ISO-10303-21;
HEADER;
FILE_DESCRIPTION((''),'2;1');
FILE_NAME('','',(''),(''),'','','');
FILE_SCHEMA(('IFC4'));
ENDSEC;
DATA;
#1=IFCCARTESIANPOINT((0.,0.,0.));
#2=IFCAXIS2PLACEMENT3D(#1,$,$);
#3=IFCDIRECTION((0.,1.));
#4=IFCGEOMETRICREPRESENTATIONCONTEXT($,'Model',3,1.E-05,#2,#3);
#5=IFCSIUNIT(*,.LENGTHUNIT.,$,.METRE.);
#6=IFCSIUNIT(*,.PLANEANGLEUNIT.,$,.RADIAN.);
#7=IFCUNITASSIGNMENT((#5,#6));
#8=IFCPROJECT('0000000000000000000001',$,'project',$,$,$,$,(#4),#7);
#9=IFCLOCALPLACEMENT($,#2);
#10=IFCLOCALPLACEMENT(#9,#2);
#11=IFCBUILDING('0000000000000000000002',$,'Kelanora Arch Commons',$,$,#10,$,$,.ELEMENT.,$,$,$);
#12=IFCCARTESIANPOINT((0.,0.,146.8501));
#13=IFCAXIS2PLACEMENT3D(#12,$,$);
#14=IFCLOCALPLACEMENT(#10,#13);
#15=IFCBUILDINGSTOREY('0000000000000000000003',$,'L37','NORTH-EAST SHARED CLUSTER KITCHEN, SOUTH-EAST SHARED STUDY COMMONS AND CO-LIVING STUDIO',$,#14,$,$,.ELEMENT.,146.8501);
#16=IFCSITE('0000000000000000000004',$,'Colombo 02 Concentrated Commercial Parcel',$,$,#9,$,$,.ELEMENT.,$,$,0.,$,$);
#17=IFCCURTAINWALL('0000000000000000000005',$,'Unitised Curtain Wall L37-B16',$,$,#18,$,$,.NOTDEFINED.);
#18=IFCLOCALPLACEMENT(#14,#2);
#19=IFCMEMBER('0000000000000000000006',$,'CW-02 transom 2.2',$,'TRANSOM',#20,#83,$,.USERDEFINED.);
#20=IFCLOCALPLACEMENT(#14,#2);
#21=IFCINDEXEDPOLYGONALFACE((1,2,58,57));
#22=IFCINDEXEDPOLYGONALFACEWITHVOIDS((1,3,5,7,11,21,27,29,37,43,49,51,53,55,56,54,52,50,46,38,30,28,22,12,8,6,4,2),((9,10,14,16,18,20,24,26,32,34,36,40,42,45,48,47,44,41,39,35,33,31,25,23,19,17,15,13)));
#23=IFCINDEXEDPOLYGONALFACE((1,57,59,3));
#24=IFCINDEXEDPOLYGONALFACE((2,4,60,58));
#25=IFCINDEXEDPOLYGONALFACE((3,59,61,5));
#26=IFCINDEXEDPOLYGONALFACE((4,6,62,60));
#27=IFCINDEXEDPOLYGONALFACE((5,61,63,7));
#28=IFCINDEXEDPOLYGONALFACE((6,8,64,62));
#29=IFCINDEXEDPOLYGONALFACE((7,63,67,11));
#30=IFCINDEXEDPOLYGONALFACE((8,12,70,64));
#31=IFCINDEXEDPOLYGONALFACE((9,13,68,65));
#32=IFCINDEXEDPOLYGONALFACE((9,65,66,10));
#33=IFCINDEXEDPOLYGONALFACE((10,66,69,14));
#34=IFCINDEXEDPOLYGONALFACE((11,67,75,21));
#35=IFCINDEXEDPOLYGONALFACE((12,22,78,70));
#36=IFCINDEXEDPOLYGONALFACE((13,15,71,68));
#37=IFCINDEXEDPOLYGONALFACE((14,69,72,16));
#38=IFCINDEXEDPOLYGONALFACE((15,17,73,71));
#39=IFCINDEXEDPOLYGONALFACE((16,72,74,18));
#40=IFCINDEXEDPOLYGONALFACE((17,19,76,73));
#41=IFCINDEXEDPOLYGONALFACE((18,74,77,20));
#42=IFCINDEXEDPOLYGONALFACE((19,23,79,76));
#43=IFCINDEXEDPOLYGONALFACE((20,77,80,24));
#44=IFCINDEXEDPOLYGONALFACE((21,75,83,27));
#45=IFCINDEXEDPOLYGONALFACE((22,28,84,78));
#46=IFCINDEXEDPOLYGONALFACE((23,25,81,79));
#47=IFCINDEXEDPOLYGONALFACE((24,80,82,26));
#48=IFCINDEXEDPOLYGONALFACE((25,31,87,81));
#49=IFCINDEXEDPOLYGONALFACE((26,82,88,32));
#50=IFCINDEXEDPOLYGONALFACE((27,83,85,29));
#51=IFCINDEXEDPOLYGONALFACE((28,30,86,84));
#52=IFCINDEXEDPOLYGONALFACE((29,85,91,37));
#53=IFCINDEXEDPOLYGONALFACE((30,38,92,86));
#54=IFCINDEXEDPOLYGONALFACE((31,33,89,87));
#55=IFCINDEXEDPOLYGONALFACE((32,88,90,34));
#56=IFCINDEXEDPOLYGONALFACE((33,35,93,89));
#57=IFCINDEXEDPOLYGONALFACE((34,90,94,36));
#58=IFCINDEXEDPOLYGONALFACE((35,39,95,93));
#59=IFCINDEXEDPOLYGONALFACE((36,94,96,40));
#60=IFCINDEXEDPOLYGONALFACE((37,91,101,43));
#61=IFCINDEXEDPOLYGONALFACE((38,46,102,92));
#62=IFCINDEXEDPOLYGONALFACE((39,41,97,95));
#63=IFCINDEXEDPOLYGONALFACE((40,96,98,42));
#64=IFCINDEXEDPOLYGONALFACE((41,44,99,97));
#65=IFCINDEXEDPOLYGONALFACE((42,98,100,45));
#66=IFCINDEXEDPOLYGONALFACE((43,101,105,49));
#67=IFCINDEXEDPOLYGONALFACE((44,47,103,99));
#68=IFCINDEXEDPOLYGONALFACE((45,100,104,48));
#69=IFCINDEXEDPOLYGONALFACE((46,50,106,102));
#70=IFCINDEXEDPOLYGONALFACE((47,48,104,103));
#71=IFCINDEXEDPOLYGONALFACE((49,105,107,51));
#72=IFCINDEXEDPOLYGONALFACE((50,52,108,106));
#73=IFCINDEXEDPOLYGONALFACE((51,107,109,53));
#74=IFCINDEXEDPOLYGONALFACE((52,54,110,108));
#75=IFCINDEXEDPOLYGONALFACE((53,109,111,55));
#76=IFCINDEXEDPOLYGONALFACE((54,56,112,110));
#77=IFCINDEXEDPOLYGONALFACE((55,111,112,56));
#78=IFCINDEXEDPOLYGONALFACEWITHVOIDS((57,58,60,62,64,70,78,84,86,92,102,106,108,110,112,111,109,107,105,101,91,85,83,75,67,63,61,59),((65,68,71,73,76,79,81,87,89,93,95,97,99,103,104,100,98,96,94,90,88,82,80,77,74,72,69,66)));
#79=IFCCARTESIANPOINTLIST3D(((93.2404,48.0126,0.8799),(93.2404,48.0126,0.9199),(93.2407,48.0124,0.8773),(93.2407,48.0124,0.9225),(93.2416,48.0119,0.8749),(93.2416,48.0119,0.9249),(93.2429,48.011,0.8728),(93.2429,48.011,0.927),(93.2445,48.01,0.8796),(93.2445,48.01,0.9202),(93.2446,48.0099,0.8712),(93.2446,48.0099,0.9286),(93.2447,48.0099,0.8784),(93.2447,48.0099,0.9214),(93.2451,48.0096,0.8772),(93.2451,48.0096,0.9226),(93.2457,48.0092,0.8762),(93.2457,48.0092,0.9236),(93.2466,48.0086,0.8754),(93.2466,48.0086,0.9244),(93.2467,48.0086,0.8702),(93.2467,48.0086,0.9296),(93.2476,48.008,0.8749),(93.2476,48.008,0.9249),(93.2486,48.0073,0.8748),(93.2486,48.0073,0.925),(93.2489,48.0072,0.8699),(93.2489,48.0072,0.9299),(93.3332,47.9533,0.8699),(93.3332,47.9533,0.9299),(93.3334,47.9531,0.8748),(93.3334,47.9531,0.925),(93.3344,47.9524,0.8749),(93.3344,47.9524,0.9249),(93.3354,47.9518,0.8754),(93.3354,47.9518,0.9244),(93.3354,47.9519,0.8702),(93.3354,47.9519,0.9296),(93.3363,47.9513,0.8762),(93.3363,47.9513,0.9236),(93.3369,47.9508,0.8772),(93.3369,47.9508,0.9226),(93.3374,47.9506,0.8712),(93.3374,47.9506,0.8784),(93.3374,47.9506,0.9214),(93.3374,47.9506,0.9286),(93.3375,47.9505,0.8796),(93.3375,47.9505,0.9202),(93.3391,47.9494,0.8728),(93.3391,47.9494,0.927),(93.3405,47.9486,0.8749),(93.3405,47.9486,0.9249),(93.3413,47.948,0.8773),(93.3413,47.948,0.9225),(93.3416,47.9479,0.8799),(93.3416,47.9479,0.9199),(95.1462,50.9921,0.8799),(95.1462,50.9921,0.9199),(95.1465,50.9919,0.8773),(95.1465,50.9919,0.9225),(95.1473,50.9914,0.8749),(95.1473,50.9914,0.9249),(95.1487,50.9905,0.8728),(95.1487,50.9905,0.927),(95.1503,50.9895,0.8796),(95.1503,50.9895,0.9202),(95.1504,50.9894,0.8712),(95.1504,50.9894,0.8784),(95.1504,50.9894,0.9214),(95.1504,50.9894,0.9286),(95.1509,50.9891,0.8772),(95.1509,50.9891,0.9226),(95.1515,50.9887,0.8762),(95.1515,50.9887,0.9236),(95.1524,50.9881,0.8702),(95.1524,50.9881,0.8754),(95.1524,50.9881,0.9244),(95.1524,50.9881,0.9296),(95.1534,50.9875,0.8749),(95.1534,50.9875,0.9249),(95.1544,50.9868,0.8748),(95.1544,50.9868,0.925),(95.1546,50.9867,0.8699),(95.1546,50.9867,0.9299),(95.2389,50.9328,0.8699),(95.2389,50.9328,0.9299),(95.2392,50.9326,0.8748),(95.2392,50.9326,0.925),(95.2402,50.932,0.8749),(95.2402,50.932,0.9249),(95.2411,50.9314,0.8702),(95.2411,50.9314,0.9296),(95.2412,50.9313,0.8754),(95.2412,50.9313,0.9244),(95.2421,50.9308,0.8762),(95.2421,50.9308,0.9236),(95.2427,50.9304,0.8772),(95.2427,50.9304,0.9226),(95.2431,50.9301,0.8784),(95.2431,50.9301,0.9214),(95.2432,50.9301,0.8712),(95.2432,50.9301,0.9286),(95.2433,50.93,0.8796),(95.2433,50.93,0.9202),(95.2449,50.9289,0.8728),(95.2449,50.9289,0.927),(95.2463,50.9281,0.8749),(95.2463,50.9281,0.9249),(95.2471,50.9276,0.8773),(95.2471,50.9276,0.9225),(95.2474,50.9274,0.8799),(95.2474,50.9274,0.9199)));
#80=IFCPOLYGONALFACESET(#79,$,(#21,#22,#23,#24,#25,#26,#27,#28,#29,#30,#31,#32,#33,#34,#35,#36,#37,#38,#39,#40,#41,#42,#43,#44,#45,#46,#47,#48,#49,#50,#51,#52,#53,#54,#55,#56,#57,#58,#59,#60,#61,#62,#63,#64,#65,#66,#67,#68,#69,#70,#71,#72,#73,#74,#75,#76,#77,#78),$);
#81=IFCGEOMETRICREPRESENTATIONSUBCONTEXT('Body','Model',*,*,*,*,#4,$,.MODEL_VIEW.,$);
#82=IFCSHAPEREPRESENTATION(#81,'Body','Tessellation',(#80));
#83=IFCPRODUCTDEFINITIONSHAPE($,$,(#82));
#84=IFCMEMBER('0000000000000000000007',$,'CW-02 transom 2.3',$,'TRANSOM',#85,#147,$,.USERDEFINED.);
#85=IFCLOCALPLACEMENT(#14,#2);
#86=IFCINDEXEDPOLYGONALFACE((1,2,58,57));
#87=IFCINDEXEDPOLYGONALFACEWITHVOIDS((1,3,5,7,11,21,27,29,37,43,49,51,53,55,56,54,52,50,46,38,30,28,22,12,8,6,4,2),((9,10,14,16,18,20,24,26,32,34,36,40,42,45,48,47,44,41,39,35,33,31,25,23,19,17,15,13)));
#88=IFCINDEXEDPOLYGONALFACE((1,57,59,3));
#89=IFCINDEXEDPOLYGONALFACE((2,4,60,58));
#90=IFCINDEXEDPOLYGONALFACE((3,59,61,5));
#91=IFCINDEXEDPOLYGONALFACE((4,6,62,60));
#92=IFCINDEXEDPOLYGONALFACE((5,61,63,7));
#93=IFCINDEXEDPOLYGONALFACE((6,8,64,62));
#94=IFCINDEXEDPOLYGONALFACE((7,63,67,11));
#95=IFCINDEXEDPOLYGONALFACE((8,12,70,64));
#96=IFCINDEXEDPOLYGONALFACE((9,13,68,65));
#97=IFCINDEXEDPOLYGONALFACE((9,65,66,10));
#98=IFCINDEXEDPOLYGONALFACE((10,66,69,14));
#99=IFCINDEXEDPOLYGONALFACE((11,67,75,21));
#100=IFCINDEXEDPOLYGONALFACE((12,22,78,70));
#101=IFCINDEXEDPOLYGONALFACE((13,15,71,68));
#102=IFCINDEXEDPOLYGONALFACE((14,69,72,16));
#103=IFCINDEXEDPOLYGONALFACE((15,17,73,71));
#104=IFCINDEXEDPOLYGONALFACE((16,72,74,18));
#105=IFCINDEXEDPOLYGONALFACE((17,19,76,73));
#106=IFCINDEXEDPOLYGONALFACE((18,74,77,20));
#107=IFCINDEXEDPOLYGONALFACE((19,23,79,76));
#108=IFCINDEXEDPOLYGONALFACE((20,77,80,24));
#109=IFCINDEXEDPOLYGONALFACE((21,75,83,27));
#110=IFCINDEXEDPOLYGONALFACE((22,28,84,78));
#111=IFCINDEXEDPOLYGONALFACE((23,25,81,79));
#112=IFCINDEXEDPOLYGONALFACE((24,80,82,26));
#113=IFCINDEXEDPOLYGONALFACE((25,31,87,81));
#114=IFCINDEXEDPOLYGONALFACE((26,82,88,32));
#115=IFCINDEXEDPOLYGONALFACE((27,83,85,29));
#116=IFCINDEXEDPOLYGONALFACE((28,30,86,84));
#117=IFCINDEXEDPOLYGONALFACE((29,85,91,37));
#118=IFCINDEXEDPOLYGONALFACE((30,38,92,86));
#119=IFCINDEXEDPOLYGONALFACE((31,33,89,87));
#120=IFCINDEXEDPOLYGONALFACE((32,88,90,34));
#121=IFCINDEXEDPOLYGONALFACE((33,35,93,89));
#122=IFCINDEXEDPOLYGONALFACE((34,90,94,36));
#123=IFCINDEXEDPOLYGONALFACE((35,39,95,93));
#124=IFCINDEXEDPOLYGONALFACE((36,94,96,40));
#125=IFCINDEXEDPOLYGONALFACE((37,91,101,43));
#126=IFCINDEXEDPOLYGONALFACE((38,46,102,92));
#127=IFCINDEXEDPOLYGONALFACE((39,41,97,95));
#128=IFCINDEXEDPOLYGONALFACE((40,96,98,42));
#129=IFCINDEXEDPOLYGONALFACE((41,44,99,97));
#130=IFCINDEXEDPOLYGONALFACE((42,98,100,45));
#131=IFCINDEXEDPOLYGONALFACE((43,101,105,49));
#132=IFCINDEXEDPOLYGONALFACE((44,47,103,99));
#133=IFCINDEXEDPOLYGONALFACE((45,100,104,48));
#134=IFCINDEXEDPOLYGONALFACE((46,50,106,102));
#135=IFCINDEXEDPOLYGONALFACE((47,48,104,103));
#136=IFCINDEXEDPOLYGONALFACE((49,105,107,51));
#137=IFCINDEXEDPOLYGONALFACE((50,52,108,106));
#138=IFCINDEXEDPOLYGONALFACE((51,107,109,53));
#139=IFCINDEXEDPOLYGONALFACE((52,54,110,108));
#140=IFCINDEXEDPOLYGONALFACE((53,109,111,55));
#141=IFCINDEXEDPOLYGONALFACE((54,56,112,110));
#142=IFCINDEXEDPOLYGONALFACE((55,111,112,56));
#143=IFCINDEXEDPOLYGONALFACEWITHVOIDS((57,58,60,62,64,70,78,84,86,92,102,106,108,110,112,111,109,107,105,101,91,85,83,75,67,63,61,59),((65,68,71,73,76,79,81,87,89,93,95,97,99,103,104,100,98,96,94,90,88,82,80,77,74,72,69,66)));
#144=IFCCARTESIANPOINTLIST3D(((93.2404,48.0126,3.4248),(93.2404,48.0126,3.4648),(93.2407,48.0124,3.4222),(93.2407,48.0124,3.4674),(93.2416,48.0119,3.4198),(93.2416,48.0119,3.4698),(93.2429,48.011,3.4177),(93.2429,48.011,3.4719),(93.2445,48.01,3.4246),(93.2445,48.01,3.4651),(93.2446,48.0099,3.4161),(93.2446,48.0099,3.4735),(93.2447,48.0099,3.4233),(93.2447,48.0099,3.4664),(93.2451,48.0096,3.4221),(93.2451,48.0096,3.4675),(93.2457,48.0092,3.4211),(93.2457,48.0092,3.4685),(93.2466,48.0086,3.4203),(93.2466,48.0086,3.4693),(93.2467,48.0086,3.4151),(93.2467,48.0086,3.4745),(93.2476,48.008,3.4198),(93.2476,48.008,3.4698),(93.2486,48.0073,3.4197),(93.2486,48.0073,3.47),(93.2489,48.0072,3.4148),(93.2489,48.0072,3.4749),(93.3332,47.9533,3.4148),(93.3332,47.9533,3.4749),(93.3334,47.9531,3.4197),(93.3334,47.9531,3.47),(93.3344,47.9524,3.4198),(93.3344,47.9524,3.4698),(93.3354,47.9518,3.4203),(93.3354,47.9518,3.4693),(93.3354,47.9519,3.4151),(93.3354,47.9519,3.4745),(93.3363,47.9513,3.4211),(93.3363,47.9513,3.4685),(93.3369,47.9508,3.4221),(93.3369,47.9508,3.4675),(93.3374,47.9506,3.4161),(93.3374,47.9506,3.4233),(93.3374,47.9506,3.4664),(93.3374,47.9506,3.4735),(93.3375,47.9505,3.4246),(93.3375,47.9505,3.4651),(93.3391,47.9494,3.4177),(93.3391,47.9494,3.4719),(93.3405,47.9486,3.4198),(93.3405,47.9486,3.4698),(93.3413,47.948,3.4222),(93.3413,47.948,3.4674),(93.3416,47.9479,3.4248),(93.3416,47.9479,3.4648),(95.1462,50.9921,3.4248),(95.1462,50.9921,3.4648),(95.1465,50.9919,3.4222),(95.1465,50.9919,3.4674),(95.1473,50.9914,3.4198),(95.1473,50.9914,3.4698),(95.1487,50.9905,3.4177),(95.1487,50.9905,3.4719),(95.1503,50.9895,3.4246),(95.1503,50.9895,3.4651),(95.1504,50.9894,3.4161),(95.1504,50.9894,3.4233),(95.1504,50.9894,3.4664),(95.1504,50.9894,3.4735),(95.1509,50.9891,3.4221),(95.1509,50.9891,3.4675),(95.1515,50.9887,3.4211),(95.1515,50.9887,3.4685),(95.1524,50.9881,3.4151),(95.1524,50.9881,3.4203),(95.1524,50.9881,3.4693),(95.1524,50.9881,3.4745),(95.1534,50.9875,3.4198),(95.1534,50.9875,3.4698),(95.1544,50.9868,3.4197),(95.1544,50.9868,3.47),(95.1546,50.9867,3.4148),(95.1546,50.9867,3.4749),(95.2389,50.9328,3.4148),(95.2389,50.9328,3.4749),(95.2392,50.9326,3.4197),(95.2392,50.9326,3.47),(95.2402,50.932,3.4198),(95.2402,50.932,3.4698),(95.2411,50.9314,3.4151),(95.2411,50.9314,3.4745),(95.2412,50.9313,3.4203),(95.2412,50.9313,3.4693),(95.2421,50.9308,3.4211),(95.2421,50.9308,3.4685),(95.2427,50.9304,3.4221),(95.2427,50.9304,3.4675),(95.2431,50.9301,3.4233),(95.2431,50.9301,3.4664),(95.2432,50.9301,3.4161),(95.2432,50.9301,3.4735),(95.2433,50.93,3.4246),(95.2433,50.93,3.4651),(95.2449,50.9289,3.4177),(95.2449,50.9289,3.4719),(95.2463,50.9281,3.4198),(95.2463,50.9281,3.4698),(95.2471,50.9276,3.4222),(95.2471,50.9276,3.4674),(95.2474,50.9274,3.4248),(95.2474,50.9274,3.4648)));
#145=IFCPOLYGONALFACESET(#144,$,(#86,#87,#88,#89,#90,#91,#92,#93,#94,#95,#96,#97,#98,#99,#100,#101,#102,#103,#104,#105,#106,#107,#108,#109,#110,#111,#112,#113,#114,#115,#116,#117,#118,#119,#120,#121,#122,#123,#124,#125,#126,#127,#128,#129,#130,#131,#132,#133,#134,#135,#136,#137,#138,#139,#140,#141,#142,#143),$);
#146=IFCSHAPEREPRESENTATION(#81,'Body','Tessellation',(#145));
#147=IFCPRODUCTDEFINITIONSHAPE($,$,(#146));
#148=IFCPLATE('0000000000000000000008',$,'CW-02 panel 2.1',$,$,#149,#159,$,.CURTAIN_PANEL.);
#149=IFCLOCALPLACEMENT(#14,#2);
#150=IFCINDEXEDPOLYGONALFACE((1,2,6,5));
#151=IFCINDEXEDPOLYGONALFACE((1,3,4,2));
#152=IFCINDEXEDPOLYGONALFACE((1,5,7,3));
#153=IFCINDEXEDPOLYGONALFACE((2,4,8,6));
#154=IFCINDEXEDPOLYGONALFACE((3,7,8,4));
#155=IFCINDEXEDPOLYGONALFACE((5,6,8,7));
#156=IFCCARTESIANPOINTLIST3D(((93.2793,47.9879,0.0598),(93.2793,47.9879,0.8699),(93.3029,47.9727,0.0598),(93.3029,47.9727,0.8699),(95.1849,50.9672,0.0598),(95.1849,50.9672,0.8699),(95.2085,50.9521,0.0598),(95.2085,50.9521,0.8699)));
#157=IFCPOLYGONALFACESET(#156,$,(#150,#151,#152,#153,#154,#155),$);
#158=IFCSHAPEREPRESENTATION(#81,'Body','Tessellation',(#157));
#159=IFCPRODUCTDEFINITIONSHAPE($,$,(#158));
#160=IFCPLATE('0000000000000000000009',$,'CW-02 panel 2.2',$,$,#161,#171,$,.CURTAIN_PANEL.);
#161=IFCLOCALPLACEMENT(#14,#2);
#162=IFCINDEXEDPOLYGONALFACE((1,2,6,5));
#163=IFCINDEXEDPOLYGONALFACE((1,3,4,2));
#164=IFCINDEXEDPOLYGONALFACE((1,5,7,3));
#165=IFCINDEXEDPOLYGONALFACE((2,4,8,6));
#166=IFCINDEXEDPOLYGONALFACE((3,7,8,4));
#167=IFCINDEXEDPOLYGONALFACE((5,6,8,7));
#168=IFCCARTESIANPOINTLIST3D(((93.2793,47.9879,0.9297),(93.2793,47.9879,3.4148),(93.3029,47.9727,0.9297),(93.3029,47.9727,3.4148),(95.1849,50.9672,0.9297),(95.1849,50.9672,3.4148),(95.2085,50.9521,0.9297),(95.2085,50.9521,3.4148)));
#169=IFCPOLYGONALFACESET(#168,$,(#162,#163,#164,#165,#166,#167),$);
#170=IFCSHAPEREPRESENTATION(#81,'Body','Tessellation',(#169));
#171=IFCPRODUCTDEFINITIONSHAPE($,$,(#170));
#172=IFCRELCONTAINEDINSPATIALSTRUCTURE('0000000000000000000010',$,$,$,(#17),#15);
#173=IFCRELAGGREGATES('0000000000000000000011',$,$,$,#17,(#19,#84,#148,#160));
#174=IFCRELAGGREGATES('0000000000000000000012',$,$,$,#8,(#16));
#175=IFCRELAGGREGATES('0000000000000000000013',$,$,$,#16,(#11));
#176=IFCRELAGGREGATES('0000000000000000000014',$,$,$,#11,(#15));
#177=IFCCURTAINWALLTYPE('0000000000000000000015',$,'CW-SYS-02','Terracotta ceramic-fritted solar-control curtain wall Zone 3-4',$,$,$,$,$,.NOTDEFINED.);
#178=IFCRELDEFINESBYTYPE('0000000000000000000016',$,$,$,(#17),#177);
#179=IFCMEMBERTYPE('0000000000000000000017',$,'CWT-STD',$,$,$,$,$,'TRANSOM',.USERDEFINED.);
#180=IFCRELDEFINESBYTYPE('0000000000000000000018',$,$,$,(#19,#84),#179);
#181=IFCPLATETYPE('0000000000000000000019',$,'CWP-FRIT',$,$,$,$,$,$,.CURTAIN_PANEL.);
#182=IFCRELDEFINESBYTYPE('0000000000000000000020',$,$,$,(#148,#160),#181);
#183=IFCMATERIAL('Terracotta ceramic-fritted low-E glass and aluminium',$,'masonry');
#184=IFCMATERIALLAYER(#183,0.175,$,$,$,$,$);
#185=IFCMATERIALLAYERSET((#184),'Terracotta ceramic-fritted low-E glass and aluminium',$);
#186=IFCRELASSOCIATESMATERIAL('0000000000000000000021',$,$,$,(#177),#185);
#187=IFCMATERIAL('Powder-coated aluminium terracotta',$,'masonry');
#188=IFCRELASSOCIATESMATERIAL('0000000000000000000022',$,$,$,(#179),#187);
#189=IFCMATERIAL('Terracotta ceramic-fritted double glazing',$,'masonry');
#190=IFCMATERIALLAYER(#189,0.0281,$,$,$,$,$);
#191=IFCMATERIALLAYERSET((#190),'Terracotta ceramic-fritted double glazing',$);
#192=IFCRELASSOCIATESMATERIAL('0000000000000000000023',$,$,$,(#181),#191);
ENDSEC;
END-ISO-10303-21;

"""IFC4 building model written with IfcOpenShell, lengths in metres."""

from ifc_helpers import new_model, si_unit, direction, frame, origin, origin_2d, place, context, subcontext, project, spatial, rectangle, hollow_rectangle, extrude, source, transform, mapped, material, layer, layer_set, material_profile, profile_set, type_object, element, aggregate, save


model = new_model("IFC4")

# Units and contexts
model_context = context("Model", 3, precision=1e-05, world=origin(), true_north=direction((0.0, 1.0)))
body_context = subcontext(model_context, "Body", "Model", "MODEL_VIEW")
ifc_project = project(units=[si_unit("LENGTHUNIT", "METRE"), si_unit("PLANEANGLEUNIT", "RADIAN")], contexts=[model_context])

# Site, building, storey
site_placement = place(None, origin())
site = spatial("IfcSite", under=ifc_project, at=site_placement, Name="Colombo 02 Concentrated Commercial Parcel", CompositionType="ELEMENT", RefElevation=0.0)
building_placement = place(site_placement, origin())
building = spatial("IfcBuilding", under=site, at=building_placement, Name="Kelanora Arch Commons", CompositionType="ELEMENT")
storey_placement = place(building_placement, frame((0.0, 0.0, 146.8501)))
storey = spatial("IfcBuildingStorey", under=building, at=storey_placement, Name="L37", Description="NORTH-EAST SHARED CLUSTER KITCHEN, SOUTH-EAST SHARED STUDY COMMONS AND CO-LIVING STUDIO", CompositionType="ELEMENT", Elevation=146.8501)

# Curtain wall, members, plates
ifc_material_1 = material(Name="Terracotta ceramic-fritted low-E glass and aluminium", Category="masonry")
ifc_layer_1 = layer(ifc_material_1, 0.175)
ifc_layer_set_1 = layer_set([ifc_layer_1], Name="Terracotta ceramic-fritted low-E glass and aluminium")
curtain_wall_type = type_object("IfcCurtainWallType", Name="CW-SYS-02", Description="Terracotta ceramic-fritted solar-control curtain wall Zone 3-4", PredefinedType="NOTDEFINED", material=ifc_layer_set_1)
curtain_wall_placement = place(storey_placement, origin())
curtain_wall = element("IfcCurtainWall", 1, at=curtain_wall_placement, inside=storey, type_object=curtain_wall_type, Name="Unitised Curtain Wall L37-B16", PredefinedType="NOTDEFINED")
ifc_material_2 = material(Name="Powder-coated aluminium terracotta", Category="masonry")
ifc_material_profile_1 = material_profile(ifc_material_2, hollow_rectangle(XDim=0.1201, YDim=0.0601, WallThickness=0.0049, InnerFilletRadius=0.0049, OuterFilletRadius=0.01, at=origin_2d()), Name="CWT120x60")
ifc_profile_set_1 = profile_set([ifc_material_profile_1], Name="Powder-coated aluminium terracotta")
member_type_1 = type_object("IfcMemberType", Name="CWT-STD", ElementType="TRANSOM", PredefinedType="USERDEFINED", material=ifc_profile_set_1)
member_1_placement = place(storey_placement, frame((93.291, 47.9802, 0.8999), z_axis=(0.53883, 0.842414, 0.0), x_axis=(-0.842414, 0.53883, 0.0)))
member_1 = element("IfcMember", 2, at=member_1_placement, type_object=member_type_1, Name="CW-02 transom 2.2", ObjectType="TRANSOM", PredefinedType="USERDEFINED", context=body_context, shape_type="SweptSolid", body=[
    extrude(hollow_rectangle(XDim=0.1201, YDim=0.0601, WallThickness=0.0049, InnerFilletRadius=0.0049, OuterFilletRadius=0.01, at=origin_2d()), origin(), (0.0, 0.0, 1.0), 3.5369),
])
member_2_placement = place(storey_placement, frame((93.291, 47.9802, 3.4448), z_axis=(0.53883, 0.842414, 0.0), x_axis=(-0.842414, 0.53883, 0.0)))
member_2 = element("IfcMember", 3, at=member_2_placement, type_object=member_type_1, Name="CW-02 transom 2.3", ObjectType="TRANSOM", PredefinedType="USERDEFINED", context=body_context, shape_type="SweptSolid", body=[
    extrude(hollow_rectangle(XDim=0.1201, YDim=0.0601, WallThickness=0.0049, InnerFilletRadius=0.0049, OuterFilletRadius=0.01, at=origin_2d()), origin(), (0.0, 0.0, 1.0), 3.5369),
])
ifc_material_3 = material(Name="Terracotta ceramic-fritted double glazing", Category="masonry")
ifc_layer_2 = layer(ifc_material_3, 0.0281)
ifc_layer_set_2 = layer_set([ifc_layer_2], Name="Terracotta ceramic-fritted double glazing")
plate_type = type_object("IfcPlateType", Name="CWP-FRIT", PredefinedType="CURTAIN_PANEL", material=ifc_layer_set_2)
shared_shape_1 = source(origin(), body_context, "Body", "SweptSolid", [
    extrude(rectangle(XDim=3.5366, YDim=0.0281, at=origin_2d()), origin(), (0.0, 0.0, 1.0), 0.8101),
])
plate_1_placement = place(storey_placement, frame((94.2439, 49.47, 0.0598), z_axis=(0.0, 0.0, 1.0), x_axis=(0.538817, 0.842423, 0.0)))
plate_1 = element("IfcPlate", 4, at=plate_1_placement, type_object=plate_type, Name="CW-02 panel 2.1", PredefinedType="CURTAIN_PANEL", context=body_context, shape_type="MappedRepresentation", body=[
    mapped(shared_shape_1, transform((0.0, 0.0, 0.0), scale=1.0)),
])
shared_shape_2 = source(origin(), body_context, "Body", "SweptSolid", [
    extrude(rectangle(XDim=3.5366, YDim=0.0281, at=origin_2d()), origin(), (0.0, 0.0, 1.0), 2.4851),
])
plate_2_placement = place(storey_placement, frame((94.2439, 49.47, 0.9297), z_axis=(0.0, 0.0, 1.0), x_axis=(0.538817, 0.842423, 0.0)))
plate_2 = element("IfcPlate", 5, at=plate_2_placement, type_object=plate_type, Name="CW-02 panel 2.2", PredefinedType="CURTAIN_PANEL", context=body_context, shape_type="MappedRepresentation", body=[
    mapped(shared_shape_2, transform((0.0, 0.0, 0.0), scale=1.0)),
])
aggregate(curtain_wall, [member_1, member_2, plate_1, plate_2])

save(model, "model.ifc")
